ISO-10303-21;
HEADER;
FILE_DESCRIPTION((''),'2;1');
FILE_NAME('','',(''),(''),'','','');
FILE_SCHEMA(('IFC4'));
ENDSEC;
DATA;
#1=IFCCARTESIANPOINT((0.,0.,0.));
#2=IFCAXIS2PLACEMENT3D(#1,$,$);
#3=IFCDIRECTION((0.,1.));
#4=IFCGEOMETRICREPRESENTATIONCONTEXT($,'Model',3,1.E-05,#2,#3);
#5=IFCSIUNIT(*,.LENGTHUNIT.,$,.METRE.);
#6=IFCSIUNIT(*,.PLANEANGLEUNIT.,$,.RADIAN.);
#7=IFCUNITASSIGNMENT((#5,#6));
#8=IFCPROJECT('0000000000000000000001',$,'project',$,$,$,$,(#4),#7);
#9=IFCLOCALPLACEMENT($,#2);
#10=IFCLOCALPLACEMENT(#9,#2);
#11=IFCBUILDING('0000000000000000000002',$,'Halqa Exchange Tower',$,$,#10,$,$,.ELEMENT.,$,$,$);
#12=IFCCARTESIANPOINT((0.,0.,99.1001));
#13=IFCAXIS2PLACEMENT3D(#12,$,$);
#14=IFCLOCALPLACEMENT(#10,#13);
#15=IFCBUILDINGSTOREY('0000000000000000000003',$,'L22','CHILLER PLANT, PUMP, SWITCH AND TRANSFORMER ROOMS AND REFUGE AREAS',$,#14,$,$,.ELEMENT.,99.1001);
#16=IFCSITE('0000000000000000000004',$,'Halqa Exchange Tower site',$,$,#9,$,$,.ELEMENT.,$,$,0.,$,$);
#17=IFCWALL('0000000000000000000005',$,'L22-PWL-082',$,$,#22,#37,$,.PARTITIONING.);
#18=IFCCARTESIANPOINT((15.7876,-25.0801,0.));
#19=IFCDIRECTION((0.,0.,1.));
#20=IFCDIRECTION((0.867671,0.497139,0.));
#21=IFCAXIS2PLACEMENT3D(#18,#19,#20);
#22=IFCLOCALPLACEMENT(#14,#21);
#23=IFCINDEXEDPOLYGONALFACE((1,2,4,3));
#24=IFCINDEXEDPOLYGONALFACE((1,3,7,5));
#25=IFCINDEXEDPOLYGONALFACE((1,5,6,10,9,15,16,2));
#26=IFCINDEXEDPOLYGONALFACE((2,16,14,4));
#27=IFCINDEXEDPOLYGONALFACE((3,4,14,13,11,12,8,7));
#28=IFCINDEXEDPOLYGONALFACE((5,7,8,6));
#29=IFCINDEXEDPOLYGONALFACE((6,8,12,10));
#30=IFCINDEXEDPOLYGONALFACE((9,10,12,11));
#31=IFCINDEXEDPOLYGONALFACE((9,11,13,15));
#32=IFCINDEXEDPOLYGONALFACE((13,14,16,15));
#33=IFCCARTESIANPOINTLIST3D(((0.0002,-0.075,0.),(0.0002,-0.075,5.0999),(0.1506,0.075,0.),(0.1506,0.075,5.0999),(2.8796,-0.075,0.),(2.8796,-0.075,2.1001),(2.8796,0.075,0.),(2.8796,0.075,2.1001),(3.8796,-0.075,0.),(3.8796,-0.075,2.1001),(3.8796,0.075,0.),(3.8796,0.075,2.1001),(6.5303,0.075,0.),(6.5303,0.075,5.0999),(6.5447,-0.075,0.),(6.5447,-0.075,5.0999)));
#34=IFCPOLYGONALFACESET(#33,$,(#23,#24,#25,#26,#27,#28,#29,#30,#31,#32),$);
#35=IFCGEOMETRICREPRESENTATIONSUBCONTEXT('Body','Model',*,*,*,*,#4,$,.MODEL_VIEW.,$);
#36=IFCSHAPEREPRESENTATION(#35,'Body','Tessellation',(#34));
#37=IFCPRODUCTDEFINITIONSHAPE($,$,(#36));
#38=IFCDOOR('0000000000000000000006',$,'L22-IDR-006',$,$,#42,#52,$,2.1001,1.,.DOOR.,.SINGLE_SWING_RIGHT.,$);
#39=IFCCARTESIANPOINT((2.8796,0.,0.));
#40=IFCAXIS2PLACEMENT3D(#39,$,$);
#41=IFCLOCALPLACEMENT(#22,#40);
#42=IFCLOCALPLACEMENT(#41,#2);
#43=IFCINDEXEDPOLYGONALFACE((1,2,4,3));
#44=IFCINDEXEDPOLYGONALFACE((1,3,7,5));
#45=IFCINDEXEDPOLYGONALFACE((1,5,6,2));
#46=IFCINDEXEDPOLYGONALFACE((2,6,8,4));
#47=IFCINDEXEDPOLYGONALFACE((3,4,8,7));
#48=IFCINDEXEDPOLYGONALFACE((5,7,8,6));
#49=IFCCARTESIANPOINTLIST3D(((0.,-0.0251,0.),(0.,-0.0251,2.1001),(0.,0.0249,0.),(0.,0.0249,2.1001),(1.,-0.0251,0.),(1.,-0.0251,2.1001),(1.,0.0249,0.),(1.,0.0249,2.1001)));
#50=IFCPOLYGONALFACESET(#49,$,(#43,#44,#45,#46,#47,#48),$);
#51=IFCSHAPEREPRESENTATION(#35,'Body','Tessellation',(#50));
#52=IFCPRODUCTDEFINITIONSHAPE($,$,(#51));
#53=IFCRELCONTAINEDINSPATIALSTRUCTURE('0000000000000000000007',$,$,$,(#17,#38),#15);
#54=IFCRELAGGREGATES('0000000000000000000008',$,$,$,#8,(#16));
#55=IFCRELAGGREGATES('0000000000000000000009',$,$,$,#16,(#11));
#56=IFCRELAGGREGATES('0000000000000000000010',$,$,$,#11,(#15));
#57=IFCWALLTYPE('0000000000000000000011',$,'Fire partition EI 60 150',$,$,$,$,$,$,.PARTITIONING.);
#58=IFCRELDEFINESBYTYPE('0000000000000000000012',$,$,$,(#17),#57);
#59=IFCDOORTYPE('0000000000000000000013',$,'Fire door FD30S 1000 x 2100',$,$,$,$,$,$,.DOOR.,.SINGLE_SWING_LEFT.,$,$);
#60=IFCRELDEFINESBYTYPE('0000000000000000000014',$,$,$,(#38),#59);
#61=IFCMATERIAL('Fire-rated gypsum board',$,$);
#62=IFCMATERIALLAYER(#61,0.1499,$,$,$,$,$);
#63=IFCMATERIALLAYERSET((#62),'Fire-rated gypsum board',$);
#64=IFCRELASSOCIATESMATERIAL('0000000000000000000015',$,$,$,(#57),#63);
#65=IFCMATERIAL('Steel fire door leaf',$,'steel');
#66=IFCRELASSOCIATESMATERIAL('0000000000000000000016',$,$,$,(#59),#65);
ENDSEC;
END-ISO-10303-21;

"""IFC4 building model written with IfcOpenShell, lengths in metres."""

from ifc_helpers import new_model, si_unit, direction, frame, frame_2d, origin, place, context, subcontext, project, spatial, polyline, rectangle, outline, extrude, material, layer, layer_set, type_object, element, fill, save


model = new_model("IFC4")

# Units and contexts
model_context = context("Model", 3, precision=1e-05, world=origin(), true_north=direction((0.0, 1.0)))
body_context = subcontext(model_context, "Body", "Model", "MODEL_VIEW")
ifc_project = project(units=[si_unit("LENGTHUNIT", "METRE"), si_unit("PLANEANGLEUNIT", "RADIAN")], contexts=[model_context])

# Site, building, storey
site_placement = place(None, origin())
site = spatial("IfcSite", under=ifc_project, at=site_placement, Name="Halqa Exchange Tower site", CompositionType="ELEMENT", RefElevation=0.0)
building_placement = place(site_placement, origin())
building = spatial("IfcBuilding", under=site, at=building_placement, Name="Halqa Exchange Tower", CompositionType="ELEMENT")
storey_placement = place(building_placement, frame((0.0, 0.0, 99.1001)))
storey = spatial("IfcBuildingStorey", under=building, at=storey_placement, Name="L22", Description="CHILLER PLANT, PUMP, SWITCH AND TRANSFORMER ROOMS AND REFUGE AREAS", CompositionType="ELEMENT", Elevation=99.1001)

# Wall, opening, door
ifc_material_1 = material(Name="Fire-rated gypsum board")
ifc_layer_1 = layer(ifc_material_1, 0.1499)
ifc_layer_set_1 = layer_set([ifc_layer_1], Name="Fire-rated gypsum board")
wall_type = type_object("IfcWallType", Name="Fire partition EI 60 150", PredefinedType="PARTITIONING", material=ifc_layer_set_1)
wall_1_placement = place(storey_placement, frame((15.7876, -25.0801, 0.0), z_axis=(0.0, 0.0, 1.0), x_axis=(0.867671, 0.497139, 0.0)))
wall_1 = element("IfcWall", 1, at=wall_1_placement, inside=storey, type_object=wall_type, Name="L22-PWL-082", PredefinedType="PARTITIONING", context=body_context, shape_type="SweptSolid", body=[
    extrude(outline(polyline([(0.0002, -0.075), (1.6362, -0.075), (3.2725, -0.075), (4.9084, -0.075), (6.5447, -0.075), (6.5303, 0.075), (4.9355, 0.075), (3.3406, 0.075), (1.7456, 0.075), (0.1506, 0.075), (0.0002, -0.075)])), origin(), (0.0, 0.0, 1.0), 5.0999),
])
opening_placement = place(wall_1_placement, frame((2.8796, 0.0, 0.0)))
opening = element("IfcOpeningElement", 2, at=opening_placement, cuts=wall_1, PredefinedType="OPENING", context=body_context, shape_type="SweptSolid", body=[
    extrude(rectangle(XDim=1.0, YDim=2.1001, at=frame_2d((0.5, 1.05))), frame((0.0, 0.0869, 0.0), z_axis=(0.0, -1.0, 0.0), x_axis=(1.0, 0.0, 0.0)), (0.0, 0.0, 1.0), 0.1738),
])
ifc_material_2 = material(Name="Steel fire door leaf", Category="steel")
door_type = type_object("IfcDoorType", Name="Fire door FD30S 1000 x 2100", OperationType="SINGLE_SWING_LEFT", PredefinedType="DOOR", material=ifc_material_2)
door_placement = place(opening_placement, origin())
door = element("IfcDoor", 3, at=door_placement, inside=storey, type_object=door_type, Name="L22-IDR-006", OperationType="SINGLE_SWING_RIGHT", OverallHeight=2.1001, OverallWidth=1.0, PredefinedType="DOOR", context=body_context, shape_type="SweptSolid", body=[
    extrude(rectangle(XDim=1.0, YDim=2.1001, at=frame_2d((0.5, 1.05))), frame((0.0, 0.0249, 0.0), z_axis=(0.0, -1.0, 0.0), x_axis=(1.0, 0.0, 0.0)), (0.0, 0.0, 1.0), 0.05),
])
fill(opening, door)

save(model, "model.ifc")
